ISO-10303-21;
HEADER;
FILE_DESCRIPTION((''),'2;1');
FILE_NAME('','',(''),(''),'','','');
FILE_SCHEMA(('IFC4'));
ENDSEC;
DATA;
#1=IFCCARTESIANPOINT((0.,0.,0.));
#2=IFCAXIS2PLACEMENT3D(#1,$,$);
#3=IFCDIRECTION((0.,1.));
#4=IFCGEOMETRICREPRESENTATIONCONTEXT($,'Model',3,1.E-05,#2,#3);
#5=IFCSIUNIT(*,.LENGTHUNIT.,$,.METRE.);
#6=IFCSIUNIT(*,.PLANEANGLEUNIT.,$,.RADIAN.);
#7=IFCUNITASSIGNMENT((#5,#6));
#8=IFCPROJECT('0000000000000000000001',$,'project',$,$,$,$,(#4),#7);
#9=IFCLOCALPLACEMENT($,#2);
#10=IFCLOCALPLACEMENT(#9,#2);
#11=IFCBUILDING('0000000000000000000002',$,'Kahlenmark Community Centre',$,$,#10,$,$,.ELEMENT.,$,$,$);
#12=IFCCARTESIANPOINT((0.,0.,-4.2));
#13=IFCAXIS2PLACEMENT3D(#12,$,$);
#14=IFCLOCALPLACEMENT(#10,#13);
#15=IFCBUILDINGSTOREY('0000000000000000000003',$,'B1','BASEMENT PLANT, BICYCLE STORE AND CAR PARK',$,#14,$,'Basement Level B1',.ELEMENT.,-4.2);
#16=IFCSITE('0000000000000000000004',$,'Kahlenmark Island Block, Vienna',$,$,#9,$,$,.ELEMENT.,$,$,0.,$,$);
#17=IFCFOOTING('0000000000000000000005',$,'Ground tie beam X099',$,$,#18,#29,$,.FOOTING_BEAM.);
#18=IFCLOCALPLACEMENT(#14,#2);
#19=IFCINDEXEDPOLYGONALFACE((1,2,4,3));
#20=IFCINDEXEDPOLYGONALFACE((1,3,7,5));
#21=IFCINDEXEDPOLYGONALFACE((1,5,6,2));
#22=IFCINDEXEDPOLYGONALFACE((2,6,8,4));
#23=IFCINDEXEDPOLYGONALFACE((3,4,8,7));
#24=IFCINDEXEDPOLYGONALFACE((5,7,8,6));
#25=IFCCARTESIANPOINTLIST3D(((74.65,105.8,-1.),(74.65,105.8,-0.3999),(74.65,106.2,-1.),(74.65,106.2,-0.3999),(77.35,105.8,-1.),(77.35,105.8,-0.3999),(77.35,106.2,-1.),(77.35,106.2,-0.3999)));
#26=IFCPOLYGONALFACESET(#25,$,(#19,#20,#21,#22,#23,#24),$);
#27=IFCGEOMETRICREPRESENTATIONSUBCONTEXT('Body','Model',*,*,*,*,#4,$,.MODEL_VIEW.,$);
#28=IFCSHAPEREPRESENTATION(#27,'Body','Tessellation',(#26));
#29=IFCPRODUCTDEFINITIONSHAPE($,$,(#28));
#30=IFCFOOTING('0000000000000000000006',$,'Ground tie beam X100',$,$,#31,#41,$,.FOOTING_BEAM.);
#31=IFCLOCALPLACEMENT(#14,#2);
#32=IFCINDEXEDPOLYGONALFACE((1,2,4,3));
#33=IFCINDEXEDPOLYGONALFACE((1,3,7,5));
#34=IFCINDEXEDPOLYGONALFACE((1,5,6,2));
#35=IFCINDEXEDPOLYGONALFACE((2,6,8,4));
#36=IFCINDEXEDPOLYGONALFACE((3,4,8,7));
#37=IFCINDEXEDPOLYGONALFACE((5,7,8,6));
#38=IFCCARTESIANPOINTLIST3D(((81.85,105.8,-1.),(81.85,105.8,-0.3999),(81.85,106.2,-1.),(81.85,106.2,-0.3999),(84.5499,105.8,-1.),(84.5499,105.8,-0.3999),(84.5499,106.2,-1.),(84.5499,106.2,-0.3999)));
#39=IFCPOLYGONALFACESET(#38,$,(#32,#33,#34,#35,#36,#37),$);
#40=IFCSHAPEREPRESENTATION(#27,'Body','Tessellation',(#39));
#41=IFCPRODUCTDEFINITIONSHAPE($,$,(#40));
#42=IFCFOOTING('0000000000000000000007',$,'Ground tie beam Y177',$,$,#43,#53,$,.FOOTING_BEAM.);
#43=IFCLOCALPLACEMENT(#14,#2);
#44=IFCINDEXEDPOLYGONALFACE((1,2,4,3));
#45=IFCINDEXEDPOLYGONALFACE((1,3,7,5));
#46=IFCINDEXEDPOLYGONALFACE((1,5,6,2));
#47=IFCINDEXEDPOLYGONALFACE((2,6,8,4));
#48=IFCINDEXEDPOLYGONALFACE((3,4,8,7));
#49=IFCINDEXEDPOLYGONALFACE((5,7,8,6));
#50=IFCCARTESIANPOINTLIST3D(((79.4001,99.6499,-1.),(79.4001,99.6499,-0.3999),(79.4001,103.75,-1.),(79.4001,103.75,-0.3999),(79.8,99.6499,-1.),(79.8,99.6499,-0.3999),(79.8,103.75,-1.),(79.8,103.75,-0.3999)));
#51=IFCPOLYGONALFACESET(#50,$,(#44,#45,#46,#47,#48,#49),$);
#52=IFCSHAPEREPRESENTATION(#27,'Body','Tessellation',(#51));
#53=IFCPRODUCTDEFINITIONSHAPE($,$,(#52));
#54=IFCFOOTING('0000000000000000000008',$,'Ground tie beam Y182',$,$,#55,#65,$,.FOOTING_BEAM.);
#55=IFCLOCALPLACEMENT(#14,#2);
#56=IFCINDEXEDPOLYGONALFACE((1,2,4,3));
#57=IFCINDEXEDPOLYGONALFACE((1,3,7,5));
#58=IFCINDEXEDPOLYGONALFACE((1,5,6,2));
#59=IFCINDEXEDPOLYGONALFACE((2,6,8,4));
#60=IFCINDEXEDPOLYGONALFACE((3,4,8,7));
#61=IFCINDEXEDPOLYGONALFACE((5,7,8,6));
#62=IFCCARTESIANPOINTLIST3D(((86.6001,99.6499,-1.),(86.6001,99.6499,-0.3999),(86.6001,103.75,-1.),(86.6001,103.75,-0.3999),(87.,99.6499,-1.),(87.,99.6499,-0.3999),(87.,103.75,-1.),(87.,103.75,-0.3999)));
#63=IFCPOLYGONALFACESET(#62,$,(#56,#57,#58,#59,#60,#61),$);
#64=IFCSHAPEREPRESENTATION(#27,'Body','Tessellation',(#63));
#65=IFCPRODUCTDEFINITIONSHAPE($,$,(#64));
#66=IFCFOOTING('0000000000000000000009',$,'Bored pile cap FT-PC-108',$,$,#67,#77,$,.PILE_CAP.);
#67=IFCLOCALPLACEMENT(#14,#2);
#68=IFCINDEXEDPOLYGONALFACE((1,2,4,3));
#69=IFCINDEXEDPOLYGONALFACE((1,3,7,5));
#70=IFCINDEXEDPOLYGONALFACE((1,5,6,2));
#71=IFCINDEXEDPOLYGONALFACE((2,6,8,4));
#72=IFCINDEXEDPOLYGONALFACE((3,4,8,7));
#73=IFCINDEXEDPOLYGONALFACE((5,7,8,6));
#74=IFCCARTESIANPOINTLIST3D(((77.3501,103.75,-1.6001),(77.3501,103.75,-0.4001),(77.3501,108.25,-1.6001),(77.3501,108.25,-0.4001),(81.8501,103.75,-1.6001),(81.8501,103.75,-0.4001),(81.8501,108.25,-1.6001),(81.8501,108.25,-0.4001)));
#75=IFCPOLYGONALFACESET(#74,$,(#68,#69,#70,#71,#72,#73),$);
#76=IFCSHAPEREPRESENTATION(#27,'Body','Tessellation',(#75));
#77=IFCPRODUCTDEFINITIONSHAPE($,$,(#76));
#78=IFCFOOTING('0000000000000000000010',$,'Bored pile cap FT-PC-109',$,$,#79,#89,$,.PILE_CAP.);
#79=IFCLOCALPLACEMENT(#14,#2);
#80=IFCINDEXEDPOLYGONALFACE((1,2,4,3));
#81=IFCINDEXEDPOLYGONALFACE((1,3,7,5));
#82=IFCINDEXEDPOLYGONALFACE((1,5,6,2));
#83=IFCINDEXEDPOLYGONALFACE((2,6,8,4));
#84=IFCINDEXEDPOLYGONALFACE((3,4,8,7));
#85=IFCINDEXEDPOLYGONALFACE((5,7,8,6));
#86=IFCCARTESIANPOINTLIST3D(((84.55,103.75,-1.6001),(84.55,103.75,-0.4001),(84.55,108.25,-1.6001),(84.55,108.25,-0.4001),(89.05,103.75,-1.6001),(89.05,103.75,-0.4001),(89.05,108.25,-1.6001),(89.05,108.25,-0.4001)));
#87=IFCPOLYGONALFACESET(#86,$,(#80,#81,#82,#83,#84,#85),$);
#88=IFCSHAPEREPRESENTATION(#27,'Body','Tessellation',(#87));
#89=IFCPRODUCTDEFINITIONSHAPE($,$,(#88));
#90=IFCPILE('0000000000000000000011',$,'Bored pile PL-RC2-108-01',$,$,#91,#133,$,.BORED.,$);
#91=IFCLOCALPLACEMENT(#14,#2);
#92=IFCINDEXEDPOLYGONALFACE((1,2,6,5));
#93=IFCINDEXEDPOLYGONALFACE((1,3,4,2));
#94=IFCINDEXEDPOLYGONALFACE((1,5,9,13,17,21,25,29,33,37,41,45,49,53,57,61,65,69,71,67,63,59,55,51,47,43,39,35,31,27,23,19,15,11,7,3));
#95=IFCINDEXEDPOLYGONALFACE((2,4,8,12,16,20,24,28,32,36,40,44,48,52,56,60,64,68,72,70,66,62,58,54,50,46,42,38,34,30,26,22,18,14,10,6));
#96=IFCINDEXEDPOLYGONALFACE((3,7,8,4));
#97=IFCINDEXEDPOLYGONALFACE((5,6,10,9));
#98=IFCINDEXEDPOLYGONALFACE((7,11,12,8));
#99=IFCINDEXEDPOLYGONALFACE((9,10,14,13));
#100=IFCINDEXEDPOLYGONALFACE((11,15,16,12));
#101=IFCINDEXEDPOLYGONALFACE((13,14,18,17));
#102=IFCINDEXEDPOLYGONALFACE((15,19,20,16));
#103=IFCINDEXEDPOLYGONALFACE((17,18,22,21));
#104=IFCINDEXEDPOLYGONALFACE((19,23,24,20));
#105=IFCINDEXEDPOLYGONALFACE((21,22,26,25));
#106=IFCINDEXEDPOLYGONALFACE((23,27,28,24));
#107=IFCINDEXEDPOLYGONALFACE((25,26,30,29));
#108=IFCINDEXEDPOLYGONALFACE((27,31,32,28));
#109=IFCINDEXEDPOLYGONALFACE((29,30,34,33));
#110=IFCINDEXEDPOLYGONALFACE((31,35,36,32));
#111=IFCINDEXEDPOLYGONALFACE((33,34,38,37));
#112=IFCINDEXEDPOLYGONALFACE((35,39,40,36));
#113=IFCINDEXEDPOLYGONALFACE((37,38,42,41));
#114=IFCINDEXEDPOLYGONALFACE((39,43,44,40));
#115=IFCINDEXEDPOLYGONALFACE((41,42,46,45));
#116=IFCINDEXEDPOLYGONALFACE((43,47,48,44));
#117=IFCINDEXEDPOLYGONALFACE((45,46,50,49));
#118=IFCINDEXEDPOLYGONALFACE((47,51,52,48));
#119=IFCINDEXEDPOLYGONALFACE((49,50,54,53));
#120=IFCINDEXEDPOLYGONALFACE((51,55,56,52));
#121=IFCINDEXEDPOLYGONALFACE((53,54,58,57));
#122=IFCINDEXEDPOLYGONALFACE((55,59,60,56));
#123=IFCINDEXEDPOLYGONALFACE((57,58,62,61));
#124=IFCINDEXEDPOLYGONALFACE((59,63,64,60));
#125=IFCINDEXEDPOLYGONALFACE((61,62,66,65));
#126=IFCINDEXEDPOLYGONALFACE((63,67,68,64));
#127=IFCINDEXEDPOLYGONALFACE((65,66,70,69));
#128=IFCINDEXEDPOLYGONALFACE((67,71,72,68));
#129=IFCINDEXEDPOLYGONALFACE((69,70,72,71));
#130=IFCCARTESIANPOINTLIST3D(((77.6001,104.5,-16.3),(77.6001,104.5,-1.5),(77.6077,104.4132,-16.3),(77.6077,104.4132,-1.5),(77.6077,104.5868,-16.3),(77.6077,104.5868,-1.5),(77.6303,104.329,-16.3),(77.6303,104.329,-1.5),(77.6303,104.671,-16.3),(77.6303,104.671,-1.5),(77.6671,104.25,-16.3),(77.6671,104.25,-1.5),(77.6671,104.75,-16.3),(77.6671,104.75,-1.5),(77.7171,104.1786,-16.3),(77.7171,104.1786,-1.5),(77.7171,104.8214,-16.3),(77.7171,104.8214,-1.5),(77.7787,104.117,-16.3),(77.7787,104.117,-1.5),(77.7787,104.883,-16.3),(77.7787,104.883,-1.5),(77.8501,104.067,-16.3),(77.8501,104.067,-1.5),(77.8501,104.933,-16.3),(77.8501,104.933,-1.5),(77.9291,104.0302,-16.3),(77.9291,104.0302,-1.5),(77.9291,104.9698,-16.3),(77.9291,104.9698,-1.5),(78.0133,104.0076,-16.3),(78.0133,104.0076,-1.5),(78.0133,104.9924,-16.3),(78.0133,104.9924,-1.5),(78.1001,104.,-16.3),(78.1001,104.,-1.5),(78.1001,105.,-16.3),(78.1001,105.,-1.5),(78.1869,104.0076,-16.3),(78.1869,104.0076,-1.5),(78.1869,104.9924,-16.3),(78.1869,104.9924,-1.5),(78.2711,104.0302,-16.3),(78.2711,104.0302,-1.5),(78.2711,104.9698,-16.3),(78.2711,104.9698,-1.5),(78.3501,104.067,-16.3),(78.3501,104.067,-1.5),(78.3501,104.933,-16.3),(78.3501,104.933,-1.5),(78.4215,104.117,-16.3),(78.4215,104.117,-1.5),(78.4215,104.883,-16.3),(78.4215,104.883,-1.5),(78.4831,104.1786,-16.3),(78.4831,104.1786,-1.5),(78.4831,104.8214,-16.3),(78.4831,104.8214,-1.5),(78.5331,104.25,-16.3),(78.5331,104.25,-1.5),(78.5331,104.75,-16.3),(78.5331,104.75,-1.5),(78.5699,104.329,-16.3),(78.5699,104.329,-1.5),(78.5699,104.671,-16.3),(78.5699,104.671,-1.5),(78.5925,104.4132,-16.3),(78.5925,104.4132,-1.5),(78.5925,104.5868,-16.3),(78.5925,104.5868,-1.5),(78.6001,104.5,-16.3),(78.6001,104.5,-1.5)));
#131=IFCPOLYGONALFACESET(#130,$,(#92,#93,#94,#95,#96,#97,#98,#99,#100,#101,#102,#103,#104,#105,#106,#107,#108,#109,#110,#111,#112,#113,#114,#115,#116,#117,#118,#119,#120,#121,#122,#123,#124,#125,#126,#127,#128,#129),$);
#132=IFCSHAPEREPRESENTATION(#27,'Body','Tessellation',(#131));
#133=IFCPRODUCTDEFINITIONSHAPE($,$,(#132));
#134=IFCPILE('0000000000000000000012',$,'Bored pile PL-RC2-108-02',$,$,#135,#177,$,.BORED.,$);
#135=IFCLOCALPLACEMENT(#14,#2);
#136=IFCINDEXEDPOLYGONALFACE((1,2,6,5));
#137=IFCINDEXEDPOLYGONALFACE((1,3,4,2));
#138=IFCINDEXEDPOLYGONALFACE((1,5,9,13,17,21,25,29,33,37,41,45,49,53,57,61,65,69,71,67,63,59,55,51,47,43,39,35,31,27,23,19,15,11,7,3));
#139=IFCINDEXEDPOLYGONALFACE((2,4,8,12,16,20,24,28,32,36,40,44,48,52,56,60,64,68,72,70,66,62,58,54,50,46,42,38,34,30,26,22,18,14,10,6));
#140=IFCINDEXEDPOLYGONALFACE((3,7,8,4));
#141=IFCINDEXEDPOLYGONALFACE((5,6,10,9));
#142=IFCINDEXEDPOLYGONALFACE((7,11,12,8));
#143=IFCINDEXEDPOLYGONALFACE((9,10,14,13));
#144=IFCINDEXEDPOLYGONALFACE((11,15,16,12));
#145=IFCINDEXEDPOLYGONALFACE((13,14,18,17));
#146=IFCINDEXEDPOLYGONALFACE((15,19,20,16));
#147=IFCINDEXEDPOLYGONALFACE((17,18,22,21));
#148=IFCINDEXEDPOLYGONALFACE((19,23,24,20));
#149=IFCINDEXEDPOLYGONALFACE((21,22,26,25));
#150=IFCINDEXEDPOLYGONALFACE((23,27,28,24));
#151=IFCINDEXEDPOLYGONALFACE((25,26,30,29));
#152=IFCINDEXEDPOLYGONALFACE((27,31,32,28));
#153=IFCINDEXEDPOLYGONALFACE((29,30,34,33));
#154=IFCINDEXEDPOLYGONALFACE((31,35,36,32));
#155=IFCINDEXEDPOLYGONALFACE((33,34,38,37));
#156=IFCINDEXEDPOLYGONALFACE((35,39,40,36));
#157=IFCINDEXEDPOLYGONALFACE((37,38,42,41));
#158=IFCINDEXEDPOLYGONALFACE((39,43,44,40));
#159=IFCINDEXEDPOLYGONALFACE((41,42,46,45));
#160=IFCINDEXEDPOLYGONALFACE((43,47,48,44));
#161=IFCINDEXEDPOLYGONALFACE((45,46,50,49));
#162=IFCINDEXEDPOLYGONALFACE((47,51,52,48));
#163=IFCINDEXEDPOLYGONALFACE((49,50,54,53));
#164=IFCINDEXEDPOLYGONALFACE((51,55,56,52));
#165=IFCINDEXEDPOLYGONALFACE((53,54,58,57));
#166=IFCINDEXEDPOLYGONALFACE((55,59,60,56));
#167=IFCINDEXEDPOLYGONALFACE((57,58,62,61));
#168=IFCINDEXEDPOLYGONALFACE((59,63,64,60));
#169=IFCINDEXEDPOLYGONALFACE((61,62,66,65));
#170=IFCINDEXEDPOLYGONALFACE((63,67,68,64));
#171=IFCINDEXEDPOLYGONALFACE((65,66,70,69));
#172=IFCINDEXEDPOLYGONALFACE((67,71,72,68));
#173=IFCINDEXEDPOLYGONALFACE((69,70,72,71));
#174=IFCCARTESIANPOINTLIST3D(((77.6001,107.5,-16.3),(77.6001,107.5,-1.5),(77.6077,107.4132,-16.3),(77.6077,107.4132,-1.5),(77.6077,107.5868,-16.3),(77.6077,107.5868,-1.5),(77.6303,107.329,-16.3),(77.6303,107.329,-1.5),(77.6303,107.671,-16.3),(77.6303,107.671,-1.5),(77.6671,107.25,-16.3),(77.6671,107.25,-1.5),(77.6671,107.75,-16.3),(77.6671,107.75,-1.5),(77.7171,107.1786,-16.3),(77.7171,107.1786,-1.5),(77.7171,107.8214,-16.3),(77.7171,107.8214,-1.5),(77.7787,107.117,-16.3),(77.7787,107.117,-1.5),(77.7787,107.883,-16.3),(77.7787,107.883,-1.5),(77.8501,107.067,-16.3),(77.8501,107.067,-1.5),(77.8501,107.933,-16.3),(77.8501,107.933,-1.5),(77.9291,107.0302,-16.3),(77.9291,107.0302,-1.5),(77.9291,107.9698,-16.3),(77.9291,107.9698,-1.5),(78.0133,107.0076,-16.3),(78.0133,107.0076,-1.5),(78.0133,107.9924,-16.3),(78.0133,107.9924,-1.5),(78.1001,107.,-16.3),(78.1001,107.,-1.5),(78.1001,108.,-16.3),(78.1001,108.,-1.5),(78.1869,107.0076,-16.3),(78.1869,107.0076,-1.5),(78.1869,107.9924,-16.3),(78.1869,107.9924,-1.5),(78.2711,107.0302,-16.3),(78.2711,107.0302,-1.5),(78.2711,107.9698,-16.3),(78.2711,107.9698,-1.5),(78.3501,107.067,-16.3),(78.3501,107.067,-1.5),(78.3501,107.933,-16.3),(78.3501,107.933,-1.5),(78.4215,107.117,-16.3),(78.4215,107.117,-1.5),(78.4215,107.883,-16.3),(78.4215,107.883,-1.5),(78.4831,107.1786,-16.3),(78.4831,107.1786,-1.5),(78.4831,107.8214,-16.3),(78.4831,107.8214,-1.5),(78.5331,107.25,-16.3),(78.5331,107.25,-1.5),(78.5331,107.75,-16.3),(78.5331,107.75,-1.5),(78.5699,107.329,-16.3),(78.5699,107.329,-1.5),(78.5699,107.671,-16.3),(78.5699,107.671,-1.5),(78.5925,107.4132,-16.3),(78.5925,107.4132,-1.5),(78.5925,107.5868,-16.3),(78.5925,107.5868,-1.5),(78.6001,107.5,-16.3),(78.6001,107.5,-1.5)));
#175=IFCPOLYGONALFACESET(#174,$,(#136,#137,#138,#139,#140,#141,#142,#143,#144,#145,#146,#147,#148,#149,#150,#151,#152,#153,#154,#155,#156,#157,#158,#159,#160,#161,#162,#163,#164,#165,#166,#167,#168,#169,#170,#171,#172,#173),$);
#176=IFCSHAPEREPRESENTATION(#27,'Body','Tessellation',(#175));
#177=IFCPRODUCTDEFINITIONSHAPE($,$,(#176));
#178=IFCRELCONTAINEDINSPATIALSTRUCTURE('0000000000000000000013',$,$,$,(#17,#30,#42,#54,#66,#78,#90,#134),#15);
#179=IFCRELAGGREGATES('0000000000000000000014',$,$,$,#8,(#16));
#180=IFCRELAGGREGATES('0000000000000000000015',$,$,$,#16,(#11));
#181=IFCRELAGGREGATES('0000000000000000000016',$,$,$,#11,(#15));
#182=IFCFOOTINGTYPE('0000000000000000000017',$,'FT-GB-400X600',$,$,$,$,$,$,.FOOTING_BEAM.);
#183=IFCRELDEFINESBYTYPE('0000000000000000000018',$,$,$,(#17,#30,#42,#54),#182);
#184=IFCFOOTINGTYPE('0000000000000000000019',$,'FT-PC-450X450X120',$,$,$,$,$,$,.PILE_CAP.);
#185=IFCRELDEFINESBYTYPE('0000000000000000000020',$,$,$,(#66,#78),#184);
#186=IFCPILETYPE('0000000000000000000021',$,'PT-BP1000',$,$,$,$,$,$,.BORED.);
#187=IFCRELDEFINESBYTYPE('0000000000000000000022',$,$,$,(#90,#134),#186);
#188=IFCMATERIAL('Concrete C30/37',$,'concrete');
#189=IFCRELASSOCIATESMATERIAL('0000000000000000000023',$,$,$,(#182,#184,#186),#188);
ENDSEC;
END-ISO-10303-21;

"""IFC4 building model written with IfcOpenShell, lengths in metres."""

from ifc_helpers import new_model, si_unit, direction, frame, origin, origin_2d, place, context, subcontext, project, spatial, rectangle, circle, extrude, material, material_profile, profile_set, type_object, element, save


model = new_model("IFC4")

# Units and contexts
model_context = context("Model", 3, precision=1e-05, world=origin(), true_north=direction((0.0, 1.0)))
body_context = subcontext(model_context, "Body", "Model", "MODEL_VIEW")
ifc_project = project(units=[si_unit("LENGTHUNIT", "METRE"), si_unit("PLANEANGLEUNIT", "RADIAN")], contexts=[model_context])

# Site, building, storey
site_placement = place(None, origin())
site = spatial("IfcSite", under=ifc_project, at=site_placement, Name="Kahlenmark Island Block, Vienna", CompositionType="ELEMENT", RefElevation=0.0)
building_placement = place(site_placement, origin())
building = spatial("IfcBuilding", under=site, at=building_placement, Name="Kahlenmark Community Centre", CompositionType="ELEMENT")
storey_placement = place(building_placement, frame((0.0, 0.0, -4.2)))
storey = spatial("IfcBuildingStorey", under=building, at=storey_placement, Name="B1", Description="BASEMENT PLANT, BICYCLE STORE AND CAR PARK", LongName="Basement Level B1", CompositionType="ELEMENT", Elevation=-4.2)

# Footings
ifc_material_1 = material(Name="Concrete C30/37", Category="concrete")
footing_type_1 = type_object("IfcFootingType", Name="FT-GB-400X600", PredefinedType="FOOTING_BEAM", material=ifc_material_1)
for number, where, z_axis, x_axis, name in (
    (1, (76.0, 106.0, -1.0), (0.0, 0.0, 1.0), (1.0, 0.0, 0.0), "Ground tie beam X099"),
    (2, (83.2, 106.0, -1.0), (0.0, 0.0, 1.0), (1.0, 0.0, 0.0), "Ground tie beam X100"),
):
    element("IfcFooting", number, at=place(storey_placement, frame(where, z_axis=z_axis, x_axis=x_axis)), inside=storey, type_object=footing_type_1, Name=name, PredefinedType="FOOTING_BEAM", context=body_context, shape_type="SweptSolid", body=[
        extrude(rectangle(XDim=2.7, YDim=0.3999, at=origin_2d()), origin(), (0.0, 0.0, 1.0), 0.6001),
    ])
for number, where, z_axis, x_axis, name in (
    (3, (79.6001, 101.7, -1.0), (0.0, 0.0, 1.0), (1.0, 0.0, 0.0), "Ground tie beam Y177"),
    (4, (86.8, 101.7, -1.0), (0.0, 0.0, 1.0), (1.0, 0.0, 0.0), "Ground tie beam Y182"),
):
    element("IfcFooting", number, at=place(storey_placement, frame(where, z_axis=z_axis, x_axis=x_axis)), inside=storey, type_object=footing_type_1, Name=name, PredefinedType="FOOTING_BEAM", context=body_context, shape_type="SweptSolid", body=[
        extrude(rectangle(XDim=0.3999, YDim=4.1001, at=origin_2d()), origin(), (0.0, 0.0, 1.0), 0.6001),
    ])
footing_type_2 = type_object("IfcFootingType", Name="FT-PC-450X450X120", PredefinedType="PILE_CAP", material=ifc_material_1)
for number, where, z_axis, x_axis, name in (
    (5, (79.6001, 106.0, -1.6001), (0.0, 0.0, 1.0), (1.0, 0.0, 0.0), "Bored pile cap FT-PC-108"),
    (6, (86.8, 106.0, -1.6001), (0.0, 0.0, 1.0), (1.0, 0.0, 0.0), "Bored pile cap FT-PC-109"),
):
    element("IfcFooting", number, at=place(storey_placement, frame(where, z_axis=z_axis, x_axis=x_axis)), inside=storey, type_object=footing_type_2, Name=name, PredefinedType="PILE_CAP", context=body_context, shape_type="SweptSolid", body=[
        extrude(rectangle(XDim=4.5, YDim=4.5, at=origin_2d()), origin(), (0.0, 0.0, 1.0), 1.2),
    ])

# Piles
ifc_material_profile_1 = material_profile(ifc_material_1, circle(Radius=0.5, at=origin_2d()), Name="BORED PILE 1000")
ifc_profile_set_1 = profile_set([ifc_material_profile_1], Name="Concrete C30/37")
pile_type_1 = type_object("IfcPileType", Name="PT-BP1000", PredefinedType="BORED", material=ifc_profile_set_1)
for number, where, z_axis, x_axis, name in (
    (7, (78.1001, 104.5, -1.5), (0.0, 0.0, -1.0), (1.0, 0.0, 0.0), "Bored pile PL-RC2-108-01"),
    (8, (78.1001, 107.5, -1.5), (0.0, 0.0, -1.0), (1.0, 0.0, 0.0), "Bored pile PL-RC2-108-02"),
):
    element("IfcPile", number, at=place(storey_placement, frame(where, z_axis=z_axis, x_axis=x_axis)), inside=storey, type_object=pile_type_1, Name=name, PredefinedType="BORED", context=body_context, shape_type="SweptSolid", body=[
        extrude(circle(Radius=0.5, at=origin_2d()), origin(), (0.0, 0.0, 1.0), 14.8),
    ])

save(model, "model.ifc")
